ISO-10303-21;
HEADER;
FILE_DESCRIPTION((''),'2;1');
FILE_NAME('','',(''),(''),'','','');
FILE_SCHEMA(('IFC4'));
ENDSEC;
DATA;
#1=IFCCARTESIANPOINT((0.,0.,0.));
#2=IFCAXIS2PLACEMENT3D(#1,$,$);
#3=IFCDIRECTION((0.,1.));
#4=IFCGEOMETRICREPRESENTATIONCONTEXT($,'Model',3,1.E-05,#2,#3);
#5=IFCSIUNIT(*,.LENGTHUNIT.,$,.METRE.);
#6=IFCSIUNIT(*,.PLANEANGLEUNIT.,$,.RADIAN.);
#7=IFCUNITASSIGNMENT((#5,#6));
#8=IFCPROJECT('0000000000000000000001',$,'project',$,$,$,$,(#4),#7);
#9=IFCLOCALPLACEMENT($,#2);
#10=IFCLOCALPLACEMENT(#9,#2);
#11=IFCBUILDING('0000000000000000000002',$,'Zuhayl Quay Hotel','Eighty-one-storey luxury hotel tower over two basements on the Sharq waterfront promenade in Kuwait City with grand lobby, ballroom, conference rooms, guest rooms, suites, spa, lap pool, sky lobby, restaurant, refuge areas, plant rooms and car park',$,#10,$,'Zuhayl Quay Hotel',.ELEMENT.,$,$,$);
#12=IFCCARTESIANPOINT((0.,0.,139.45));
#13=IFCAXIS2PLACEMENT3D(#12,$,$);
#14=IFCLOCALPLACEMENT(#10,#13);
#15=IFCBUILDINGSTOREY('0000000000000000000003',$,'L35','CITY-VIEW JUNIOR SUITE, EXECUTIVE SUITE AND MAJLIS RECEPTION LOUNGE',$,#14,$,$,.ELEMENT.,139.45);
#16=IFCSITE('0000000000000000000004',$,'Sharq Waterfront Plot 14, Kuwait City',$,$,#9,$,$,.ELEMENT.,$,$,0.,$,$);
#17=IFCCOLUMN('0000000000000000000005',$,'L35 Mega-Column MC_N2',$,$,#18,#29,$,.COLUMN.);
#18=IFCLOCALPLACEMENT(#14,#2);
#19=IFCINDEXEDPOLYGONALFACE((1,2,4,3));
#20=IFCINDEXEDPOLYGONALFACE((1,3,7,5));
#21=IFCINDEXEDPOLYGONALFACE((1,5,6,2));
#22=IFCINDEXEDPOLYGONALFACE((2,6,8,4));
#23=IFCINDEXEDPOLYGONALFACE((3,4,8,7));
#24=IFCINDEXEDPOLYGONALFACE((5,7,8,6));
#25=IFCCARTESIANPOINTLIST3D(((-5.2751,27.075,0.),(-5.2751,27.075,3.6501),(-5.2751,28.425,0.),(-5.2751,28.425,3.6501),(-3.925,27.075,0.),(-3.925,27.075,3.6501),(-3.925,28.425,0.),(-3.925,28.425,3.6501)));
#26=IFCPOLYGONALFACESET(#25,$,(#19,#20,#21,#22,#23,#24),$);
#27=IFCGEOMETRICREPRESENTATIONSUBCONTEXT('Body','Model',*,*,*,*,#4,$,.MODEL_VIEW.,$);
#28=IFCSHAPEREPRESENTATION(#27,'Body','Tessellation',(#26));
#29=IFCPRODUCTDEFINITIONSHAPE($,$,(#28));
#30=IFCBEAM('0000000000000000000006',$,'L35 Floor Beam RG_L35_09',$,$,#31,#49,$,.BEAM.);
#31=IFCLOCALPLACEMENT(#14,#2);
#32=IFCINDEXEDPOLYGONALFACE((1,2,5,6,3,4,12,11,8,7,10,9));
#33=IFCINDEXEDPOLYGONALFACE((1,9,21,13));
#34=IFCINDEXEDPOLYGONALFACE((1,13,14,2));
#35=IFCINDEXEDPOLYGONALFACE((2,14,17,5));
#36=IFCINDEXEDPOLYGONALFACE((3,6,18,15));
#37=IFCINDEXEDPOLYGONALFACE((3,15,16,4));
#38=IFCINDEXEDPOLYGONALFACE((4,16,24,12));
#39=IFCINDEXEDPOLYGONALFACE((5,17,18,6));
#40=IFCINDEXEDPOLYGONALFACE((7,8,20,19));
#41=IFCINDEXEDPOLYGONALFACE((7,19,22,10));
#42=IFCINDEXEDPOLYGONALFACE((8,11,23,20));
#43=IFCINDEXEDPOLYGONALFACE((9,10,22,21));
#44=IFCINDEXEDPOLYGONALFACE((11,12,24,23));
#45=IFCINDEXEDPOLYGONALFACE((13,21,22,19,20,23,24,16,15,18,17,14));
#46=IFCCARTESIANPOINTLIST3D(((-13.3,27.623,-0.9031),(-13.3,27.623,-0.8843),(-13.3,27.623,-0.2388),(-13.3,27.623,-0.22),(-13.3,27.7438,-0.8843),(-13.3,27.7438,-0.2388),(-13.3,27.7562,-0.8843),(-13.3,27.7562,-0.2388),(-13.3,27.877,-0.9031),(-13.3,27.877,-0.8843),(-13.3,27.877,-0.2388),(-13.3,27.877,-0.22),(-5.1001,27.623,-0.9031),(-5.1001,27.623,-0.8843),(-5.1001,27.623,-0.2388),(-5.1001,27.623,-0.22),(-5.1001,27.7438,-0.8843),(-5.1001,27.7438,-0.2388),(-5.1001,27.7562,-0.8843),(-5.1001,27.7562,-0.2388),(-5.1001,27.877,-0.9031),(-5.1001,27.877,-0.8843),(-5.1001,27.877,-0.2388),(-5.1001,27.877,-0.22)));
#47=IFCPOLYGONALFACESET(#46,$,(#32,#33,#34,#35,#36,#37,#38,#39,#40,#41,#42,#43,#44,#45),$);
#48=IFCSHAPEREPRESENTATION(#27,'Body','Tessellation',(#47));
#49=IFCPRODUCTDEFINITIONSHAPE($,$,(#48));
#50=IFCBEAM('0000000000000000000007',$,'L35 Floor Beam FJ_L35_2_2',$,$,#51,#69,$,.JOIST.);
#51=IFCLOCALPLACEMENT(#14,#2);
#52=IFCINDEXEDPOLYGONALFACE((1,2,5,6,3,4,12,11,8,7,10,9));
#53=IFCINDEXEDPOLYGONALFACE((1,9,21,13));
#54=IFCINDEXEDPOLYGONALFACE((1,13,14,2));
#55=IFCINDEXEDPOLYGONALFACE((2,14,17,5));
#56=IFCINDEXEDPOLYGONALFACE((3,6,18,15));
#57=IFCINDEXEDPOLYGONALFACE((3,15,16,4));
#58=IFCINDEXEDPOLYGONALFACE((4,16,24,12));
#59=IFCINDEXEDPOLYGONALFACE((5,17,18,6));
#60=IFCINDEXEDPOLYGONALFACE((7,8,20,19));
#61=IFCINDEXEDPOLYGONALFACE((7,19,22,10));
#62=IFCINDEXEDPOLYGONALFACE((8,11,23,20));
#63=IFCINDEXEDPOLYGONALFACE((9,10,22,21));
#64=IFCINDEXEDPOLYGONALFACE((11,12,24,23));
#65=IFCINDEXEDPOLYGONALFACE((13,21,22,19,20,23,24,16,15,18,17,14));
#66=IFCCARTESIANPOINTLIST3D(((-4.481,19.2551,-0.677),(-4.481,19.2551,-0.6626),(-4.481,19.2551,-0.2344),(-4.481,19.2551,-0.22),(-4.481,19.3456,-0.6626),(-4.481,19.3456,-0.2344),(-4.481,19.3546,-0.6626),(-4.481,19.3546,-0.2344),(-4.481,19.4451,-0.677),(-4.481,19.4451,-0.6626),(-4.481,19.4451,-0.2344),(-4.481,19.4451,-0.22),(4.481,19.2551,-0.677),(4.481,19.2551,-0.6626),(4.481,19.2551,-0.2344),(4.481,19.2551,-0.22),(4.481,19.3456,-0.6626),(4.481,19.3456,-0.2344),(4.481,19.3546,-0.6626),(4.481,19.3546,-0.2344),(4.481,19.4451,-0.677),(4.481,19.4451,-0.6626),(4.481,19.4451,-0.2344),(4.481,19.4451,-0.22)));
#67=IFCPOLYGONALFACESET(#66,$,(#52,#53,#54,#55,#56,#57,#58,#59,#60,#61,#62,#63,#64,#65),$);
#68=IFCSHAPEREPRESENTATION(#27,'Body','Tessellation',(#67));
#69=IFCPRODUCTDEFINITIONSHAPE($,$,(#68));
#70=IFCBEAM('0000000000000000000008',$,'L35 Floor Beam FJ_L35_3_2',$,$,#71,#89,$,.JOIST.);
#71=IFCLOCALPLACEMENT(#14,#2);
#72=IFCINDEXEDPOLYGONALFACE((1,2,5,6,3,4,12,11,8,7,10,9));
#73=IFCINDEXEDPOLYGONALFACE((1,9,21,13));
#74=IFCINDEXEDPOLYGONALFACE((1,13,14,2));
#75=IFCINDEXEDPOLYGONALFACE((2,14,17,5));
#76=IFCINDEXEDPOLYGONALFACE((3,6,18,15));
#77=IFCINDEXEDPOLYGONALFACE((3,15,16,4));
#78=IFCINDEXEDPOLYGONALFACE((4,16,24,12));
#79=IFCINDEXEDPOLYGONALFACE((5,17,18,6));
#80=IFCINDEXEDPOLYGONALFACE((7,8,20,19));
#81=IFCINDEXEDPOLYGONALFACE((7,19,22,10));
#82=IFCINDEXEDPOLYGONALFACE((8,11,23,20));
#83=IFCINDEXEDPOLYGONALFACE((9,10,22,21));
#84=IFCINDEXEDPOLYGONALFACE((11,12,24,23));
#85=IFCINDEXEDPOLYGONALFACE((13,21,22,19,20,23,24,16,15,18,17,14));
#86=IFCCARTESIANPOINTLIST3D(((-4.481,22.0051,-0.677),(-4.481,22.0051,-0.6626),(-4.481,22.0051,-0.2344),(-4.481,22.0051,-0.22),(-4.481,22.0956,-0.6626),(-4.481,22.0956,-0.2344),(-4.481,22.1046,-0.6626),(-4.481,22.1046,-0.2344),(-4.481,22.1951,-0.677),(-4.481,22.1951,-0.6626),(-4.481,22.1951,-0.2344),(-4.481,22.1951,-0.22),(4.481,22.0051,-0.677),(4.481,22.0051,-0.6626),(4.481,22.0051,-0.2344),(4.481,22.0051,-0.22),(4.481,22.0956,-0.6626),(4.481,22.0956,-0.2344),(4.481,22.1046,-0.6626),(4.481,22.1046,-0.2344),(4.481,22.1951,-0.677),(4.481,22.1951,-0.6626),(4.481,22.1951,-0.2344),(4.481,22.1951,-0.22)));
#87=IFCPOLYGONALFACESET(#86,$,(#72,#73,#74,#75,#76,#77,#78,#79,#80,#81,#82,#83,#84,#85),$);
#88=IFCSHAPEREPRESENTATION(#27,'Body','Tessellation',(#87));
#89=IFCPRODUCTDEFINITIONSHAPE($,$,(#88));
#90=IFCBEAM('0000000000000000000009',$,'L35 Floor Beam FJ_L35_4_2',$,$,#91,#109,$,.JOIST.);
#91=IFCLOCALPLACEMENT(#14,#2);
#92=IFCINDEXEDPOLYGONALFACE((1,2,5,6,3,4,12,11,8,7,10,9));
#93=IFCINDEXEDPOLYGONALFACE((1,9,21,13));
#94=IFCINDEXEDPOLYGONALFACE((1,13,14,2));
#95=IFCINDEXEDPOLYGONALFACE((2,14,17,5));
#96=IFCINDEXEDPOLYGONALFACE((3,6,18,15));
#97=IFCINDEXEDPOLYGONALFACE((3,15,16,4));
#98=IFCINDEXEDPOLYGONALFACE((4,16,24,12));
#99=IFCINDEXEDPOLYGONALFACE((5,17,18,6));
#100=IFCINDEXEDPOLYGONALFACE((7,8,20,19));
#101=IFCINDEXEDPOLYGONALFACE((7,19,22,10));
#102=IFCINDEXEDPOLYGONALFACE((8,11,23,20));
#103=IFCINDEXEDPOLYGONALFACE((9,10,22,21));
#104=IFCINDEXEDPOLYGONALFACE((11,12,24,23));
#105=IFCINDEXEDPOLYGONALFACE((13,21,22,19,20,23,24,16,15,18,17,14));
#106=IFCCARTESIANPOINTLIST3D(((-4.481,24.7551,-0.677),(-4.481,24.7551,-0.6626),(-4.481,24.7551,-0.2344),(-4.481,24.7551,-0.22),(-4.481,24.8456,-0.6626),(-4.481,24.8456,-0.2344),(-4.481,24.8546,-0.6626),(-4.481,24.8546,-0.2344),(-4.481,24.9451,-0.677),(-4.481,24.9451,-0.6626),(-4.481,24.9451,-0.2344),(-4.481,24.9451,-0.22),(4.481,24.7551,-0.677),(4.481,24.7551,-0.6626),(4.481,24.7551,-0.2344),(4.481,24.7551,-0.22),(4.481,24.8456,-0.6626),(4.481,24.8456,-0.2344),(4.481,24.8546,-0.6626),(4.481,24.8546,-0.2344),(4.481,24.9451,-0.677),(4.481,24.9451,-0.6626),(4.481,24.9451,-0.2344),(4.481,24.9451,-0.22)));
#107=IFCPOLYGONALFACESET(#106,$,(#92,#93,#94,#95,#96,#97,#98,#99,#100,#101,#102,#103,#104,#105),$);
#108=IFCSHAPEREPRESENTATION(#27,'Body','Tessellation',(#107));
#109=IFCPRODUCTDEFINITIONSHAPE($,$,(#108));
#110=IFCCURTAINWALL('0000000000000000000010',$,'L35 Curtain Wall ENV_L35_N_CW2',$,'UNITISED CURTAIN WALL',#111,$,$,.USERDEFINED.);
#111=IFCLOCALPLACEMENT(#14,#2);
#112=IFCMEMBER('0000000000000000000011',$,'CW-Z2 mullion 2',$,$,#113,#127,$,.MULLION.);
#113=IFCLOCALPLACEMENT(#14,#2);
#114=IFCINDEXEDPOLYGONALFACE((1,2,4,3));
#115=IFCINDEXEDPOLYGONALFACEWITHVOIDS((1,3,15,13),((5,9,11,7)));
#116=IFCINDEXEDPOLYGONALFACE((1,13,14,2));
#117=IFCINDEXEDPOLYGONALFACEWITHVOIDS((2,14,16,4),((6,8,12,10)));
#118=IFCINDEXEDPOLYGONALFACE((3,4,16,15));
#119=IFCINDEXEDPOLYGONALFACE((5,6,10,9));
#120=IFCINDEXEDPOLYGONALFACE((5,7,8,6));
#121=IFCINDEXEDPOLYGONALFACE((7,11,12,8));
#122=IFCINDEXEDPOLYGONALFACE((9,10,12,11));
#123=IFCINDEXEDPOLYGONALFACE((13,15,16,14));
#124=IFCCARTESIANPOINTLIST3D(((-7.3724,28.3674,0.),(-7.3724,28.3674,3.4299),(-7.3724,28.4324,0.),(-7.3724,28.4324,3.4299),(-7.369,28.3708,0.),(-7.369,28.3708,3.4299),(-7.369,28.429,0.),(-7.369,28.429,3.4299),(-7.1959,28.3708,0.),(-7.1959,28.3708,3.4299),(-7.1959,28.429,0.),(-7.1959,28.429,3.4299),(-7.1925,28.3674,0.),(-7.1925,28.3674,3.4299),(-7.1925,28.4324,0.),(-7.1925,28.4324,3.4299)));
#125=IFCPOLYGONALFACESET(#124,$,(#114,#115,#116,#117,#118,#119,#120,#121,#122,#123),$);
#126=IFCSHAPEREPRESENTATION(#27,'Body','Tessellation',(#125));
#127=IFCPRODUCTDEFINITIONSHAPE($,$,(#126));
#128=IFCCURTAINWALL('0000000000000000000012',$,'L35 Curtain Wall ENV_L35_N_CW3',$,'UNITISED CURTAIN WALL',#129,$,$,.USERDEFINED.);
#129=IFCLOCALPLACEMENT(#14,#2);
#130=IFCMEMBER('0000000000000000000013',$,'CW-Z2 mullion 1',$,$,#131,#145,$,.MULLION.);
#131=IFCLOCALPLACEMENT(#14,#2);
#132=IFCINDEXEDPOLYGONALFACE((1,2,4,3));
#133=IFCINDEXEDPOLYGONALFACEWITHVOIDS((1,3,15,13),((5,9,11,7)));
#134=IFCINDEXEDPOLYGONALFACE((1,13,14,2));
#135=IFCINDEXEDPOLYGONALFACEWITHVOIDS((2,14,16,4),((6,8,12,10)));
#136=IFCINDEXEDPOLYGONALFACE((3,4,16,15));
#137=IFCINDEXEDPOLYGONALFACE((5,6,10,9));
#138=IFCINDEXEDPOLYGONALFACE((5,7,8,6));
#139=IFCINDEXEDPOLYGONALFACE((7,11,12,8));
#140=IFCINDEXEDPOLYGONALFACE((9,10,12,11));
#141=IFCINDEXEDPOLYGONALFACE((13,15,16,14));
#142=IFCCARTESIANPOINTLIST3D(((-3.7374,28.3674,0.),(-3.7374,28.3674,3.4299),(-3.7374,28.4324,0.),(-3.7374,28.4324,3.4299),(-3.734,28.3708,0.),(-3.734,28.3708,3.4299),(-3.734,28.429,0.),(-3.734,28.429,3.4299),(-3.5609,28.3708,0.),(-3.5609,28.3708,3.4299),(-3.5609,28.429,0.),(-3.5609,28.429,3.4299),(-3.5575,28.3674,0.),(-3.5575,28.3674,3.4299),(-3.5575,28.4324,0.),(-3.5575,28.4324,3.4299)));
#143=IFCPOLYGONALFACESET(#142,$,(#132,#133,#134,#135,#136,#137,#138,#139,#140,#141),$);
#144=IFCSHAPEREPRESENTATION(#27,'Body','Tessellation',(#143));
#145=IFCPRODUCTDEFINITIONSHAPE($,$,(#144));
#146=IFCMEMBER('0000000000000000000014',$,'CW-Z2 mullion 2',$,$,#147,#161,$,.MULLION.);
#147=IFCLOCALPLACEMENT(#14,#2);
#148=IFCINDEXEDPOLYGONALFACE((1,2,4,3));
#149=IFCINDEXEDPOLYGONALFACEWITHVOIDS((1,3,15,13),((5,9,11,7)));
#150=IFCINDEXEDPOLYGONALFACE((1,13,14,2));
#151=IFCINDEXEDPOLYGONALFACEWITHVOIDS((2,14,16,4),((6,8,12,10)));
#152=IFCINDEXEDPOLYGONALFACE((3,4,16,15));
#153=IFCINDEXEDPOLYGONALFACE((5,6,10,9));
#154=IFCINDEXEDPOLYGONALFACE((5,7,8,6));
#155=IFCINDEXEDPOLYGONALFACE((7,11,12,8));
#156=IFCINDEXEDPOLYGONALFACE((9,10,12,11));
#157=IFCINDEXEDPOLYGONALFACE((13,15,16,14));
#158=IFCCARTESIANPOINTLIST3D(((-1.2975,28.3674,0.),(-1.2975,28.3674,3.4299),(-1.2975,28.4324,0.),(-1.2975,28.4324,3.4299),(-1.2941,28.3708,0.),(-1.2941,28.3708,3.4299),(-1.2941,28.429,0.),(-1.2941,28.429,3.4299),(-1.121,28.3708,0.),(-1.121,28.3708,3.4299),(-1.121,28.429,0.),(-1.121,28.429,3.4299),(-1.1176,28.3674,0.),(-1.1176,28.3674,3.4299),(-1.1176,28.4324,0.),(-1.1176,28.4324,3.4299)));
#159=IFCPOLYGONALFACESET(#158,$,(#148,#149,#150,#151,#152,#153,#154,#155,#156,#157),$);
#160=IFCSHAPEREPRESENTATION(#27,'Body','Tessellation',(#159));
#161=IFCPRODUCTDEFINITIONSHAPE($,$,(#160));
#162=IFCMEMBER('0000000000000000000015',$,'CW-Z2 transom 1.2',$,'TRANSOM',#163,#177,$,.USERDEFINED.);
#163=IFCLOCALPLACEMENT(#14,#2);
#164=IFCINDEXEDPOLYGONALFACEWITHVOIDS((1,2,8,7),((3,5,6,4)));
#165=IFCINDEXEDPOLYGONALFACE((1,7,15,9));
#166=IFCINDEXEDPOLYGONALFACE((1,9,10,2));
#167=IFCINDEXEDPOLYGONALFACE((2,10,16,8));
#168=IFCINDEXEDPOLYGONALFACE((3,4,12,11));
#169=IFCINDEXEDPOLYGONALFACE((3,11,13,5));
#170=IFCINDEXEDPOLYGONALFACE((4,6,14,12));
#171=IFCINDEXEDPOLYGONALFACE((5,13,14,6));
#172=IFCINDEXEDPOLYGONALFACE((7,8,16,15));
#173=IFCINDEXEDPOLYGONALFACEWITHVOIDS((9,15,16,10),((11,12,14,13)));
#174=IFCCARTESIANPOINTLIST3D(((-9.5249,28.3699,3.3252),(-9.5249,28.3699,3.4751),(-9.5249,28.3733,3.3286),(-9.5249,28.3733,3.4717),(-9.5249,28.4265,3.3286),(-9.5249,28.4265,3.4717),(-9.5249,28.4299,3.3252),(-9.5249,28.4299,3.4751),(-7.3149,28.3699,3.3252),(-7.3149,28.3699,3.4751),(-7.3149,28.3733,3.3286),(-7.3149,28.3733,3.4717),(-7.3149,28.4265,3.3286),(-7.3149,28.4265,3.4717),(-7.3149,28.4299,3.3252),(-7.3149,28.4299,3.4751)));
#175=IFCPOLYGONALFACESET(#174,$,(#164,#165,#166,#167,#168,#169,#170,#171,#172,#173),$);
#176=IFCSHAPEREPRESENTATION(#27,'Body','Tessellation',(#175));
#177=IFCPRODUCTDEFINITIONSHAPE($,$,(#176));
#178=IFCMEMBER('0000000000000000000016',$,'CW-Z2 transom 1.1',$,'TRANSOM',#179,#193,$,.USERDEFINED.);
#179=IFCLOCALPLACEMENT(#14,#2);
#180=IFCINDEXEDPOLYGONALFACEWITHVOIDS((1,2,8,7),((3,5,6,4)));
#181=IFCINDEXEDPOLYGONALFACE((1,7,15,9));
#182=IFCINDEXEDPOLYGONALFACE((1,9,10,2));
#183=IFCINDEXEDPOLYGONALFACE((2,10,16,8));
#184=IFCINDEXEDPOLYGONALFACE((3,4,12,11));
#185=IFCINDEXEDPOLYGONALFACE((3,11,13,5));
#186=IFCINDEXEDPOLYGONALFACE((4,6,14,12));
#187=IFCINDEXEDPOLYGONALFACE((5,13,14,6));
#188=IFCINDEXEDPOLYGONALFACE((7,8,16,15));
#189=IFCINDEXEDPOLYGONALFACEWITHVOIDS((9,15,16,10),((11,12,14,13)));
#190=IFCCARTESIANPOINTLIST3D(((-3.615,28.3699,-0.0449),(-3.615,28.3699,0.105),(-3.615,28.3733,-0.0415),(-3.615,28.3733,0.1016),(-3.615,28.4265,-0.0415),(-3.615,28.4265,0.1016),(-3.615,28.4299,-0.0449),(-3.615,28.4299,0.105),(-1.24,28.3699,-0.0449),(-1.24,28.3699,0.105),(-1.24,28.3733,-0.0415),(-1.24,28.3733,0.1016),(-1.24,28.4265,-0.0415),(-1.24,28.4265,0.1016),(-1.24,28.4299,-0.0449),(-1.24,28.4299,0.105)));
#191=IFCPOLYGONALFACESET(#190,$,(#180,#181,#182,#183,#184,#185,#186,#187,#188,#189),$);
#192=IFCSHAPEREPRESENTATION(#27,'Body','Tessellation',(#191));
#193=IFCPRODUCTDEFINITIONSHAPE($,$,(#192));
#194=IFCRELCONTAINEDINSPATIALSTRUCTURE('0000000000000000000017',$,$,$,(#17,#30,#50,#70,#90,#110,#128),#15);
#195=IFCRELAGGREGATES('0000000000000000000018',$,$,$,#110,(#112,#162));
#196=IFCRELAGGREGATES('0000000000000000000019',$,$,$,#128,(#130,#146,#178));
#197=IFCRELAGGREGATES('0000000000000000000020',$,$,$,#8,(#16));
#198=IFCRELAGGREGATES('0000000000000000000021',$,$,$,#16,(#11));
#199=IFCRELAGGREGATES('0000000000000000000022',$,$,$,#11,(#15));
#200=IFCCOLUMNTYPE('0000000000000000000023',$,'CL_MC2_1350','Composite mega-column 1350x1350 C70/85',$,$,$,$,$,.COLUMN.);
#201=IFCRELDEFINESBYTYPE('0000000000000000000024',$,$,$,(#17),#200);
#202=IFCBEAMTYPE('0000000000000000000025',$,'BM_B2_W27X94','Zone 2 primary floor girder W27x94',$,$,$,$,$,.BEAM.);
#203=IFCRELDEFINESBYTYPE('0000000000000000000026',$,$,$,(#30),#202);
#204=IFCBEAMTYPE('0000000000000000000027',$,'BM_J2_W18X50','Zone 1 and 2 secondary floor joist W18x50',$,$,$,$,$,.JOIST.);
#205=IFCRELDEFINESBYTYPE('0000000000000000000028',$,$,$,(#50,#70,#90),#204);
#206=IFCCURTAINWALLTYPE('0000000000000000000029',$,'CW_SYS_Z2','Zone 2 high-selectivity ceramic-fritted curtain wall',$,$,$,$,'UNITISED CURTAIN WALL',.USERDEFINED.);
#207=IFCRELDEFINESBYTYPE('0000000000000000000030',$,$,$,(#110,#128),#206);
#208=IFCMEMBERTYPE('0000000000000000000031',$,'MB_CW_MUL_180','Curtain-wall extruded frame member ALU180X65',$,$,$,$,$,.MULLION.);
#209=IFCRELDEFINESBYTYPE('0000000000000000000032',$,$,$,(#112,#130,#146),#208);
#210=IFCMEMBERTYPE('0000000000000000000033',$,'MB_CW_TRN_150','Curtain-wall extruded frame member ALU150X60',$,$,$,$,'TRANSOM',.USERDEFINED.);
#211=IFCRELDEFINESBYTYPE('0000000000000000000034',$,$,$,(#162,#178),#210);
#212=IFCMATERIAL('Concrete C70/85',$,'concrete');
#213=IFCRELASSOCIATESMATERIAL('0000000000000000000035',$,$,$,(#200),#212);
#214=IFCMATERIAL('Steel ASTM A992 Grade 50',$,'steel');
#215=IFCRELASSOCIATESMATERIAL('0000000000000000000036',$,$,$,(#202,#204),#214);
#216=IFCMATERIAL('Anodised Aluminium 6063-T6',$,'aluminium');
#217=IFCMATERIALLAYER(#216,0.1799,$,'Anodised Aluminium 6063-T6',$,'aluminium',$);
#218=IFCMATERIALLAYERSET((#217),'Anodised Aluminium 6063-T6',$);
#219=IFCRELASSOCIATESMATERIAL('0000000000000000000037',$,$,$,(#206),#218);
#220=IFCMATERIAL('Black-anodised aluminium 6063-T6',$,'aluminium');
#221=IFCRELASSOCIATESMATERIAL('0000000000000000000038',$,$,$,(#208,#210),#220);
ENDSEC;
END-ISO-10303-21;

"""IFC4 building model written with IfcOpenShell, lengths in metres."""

from ifc_helpers import new_model, si_unit, direction, frame, origin, origin_2d, place, context, subcontext, project, spatial, rectangle, hollow_rectangle, i_section, extrude, material, layer, layer_set, material_profile, profile_set, type_object, element, aggregate, save


model = new_model("IFC4")

# Units and contexts
model_context = context("Model", 3, precision=1e-05, world=origin(), true_north=direction((0.0, 1.0)))
body_context = subcontext(model_context, "Body", "Model", "MODEL_VIEW")
ifc_project = project(units=[si_unit("LENGTHUNIT", "METRE"), si_unit("PLANEANGLEUNIT", "RADIAN")], contexts=[model_context])

# Site, building, storey
site_placement = place(None, origin())
site = spatial("IfcSite", under=ifc_project, at=site_placement, Name="Sharq Waterfront Plot 14, Kuwait City", CompositionType="ELEMENT", RefElevation=0.0)
building_placement = place(site_placement, origin())
building = spatial("IfcBuilding", under=site, at=building_placement, Name="Zuhayl Quay Hotel", Description="Eighty-one-storey luxury hotel tower over two basements on the Sharq waterfront promenade in Kuwait City with grand lobby, ballroom, conference rooms, guest rooms, suites, spa, lap pool, sky lobby, restaurant, refuge areas, plant rooms and car park", LongName="Zuhayl Quay Hotel", CompositionType="ELEMENT")
storey_placement = place(building_placement, frame((0.0, 0.0, 139.45)))
storey = spatial("IfcBuildingStorey", under=building, at=storey_placement, Name="L35", Description="CITY-VIEW JUNIOR SUITE, EXECUTIVE SUITE AND MAJLIS RECEPTION LOUNGE", CompositionType="ELEMENT", Elevation=139.45)

# Column
ifc_material_1 = material(Name="Concrete C70/85", Category="concrete")
ifc_material_profile_1 = material_profile(ifc_material_1, rectangle(XDim=1.3501, YDim=1.3501, at=origin_2d()), Name="RC1350X1350")
ifc_profile_set_1 = profile_set([ifc_material_profile_1], Name="Concrete C70/85")
column_type = type_object("IfcColumnType", Name="CL_MC2_1350", Description="Composite mega-column 1350x1350 C70/85", PredefinedType="COLUMN", material=ifc_profile_set_1)
column_placement = place(storey_placement, frame((-4.6001, 27.75, 0.0), z_axis=(0.0, 0.0, 1.0), x_axis=(1.0, 0.0, 0.0)))
element("IfcColumn", 1, at=column_placement, inside=storey, type_object=column_type, Name="L35 Mega-Column MC_N2", PredefinedType="COLUMN", context=body_context, shape_type="SweptSolid", body=[
    extrude(rectangle(XDim=1.3501, YDim=1.3501, at=origin_2d()), origin(), (0.0, 0.0, 1.0), 3.6501),
])

# Beams
ifc_material_2 = material(Name="Steel ASTM A992 Grade 50", Category="steel")
ifc_material_profile_2 = material_profile(ifc_material_2, i_section(OverallWidth=0.2539, OverallDepth=0.6831, WebThickness=0.0125, FlangeThickness=0.0188, at=origin_2d()), Name="W27X94")
ifc_profile_set_2 = profile_set([ifc_material_profile_2], Name="Steel ASTM A992 Grade 50")
beam_type_1 = type_object("IfcBeamType", Name="BM_B2_W27X94", Description="Zone 2 primary floor girder W27x94", PredefinedType="BEAM", material=ifc_profile_set_2)
beam_placement = place(storey_placement, frame((-5.1001, 27.75, -0.5615), z_axis=(-1.0, 0.0, 0.0), x_axis=(0.0, -1.0, 0.0)))
element("IfcBeam", 2, at=beam_placement, inside=storey, type_object=beam_type_1, Name="L35 Floor Beam RG_L35_09", PredefinedType="BEAM", context=body_context, shape_type="SweptSolid", body=[
    extrude(i_section(OverallWidth=0.2539, OverallDepth=0.6831, WebThickness=0.0125, FlangeThickness=0.0188, at=origin_2d()), origin(), (0.0, 0.0, 1.0), 8.2),
])
ifc_material_profile_3 = material_profile(ifc_material_2, i_section(OverallWidth=0.1899, OverallDepth=0.457, WebThickness=0.009, FlangeThickness=0.0144, at=origin_2d()), Name="W18X50")
ifc_profile_set_3 = profile_set([ifc_material_profile_3], Name="Steel ASTM A992 Grade 50")
beam_type_2 = type_object("IfcBeamType", Name="BM_J2_W18X50", Description="Zone 1 and 2 secondary floor joist W18x50", PredefinedType="JOIST", material=ifc_profile_set_3)
for number, where, z_axis, x_axis, name in (
    (3, (-4.481, 19.3501, -0.4485), (1.0, 0.0, 0.0), (0.0, 1.0, 0.0), "L35 Floor Beam FJ_L35_2_2"),
    (4, (-4.481, 22.1001, -0.4485), (1.0, 0.0, 0.0), (0.0, 1.0, 0.0), "L35 Floor Beam FJ_L35_3_2"),
    (5, (-4.481, 24.8501, -0.4485), (1.0, 0.0, 0.0), (0.0, 1.0, 0.0), "L35 Floor Beam FJ_L35_4_2"),
):
    element("IfcBeam", number, at=place(storey_placement, frame(where, z_axis=z_axis, x_axis=x_axis)), inside=storey, type_object=beam_type_2, Name=name, PredefinedType="JOIST", context=body_context, shape_type="SweptSolid", body=[
        extrude(i_section(OverallWidth=0.1899, OverallDepth=0.457, WebThickness=0.009, FlangeThickness=0.0144, at=origin_2d()), origin(), (0.0, 0.0, 1.0), 8.9619),
    ])

# Curtain wall, member
ifc_material_3 = material(Name="Anodised Aluminium 6063-T6", Category="aluminium")
ifc_layer_1 = layer(ifc_material_3, 0.1799, Name="Anodised Aluminium 6063-T6", Category="aluminium")
ifc_layer_set_1 = layer_set([ifc_layer_1], Name="Anodised Aluminium 6063-T6")
curtain_wall_type = type_object("IfcCurtainWallType", Name="CW_SYS_Z2", Description="Zone 2 high-selectivity ceramic-fritted curtain wall", ElementType="UNITISED CURTAIN WALL", PredefinedType="USERDEFINED", material=ifc_layer_set_1)
curtain_wall_1_placement = place(storey_placement, origin())
curtain_wall_1 = element("IfcCurtainWall", 6, at=curtain_wall_1_placement, inside=storey, type_object=curtain_wall_type, Name="L35 Curtain Wall ENV_L35_N_CW2", ObjectType="UNITISED CURTAIN WALL", PredefinedType="USERDEFINED")
ifc_material_4 = material(Name="Black-anodised aluminium 6063-T6", Category="aluminium")
ifc_material_profile_4 = material_profile(ifc_material_4, hollow_rectangle(XDim=0.0649, YDim=0.1799, WallThickness=0.0034, at=origin_2d()), Name="ALU180X65")
ifc_profile_set_4 = profile_set([ifc_material_profile_4], Name="Black-anodised aluminium 6063-T6")
member_type_1 = type_object("IfcMemberType", Name="MB_CW_MUL_180", Description="Curtain-wall extruded frame member ALU180X65", PredefinedType="MULLION", material=ifc_profile_set_4)
member_1_placement = place(storey_placement, frame((-7.2825, 28.3999, 0.0), z_axis=(0.0, 0.0, 1.0), x_axis=(0.0, 1.0, 0.0)))
member_1 = element("IfcMember", 7, at=member_1_placement, type_object=member_type_1, Name="CW-Z2 mullion 2", PredefinedType="MULLION", context=body_context, shape_type="SweptSolid", body=[
    extrude(hollow_rectangle(XDim=0.0649, YDim=0.1799, WallThickness=0.0034, at=origin_2d()), origin(), (0.0, 0.0, 1.0), 3.4299),
])

# Curtain wall, members
curtain_wall_2_placement = place(storey_placement, origin())
curtain_wall_2 = element("IfcCurtainWall", 8, at=curtain_wall_2_placement, inside=storey, type_object=curtain_wall_type, Name="L35 Curtain Wall ENV_L35_N_CW3", ObjectType="UNITISED CURTAIN WALL", PredefinedType="USERDEFINED")
member_2_placement = place(storey_placement, frame((-3.6475, 28.3999, 0.0), z_axis=(0.0, 0.0, 1.0), x_axis=(0.0, 1.0, 0.0)))
member_2 = element("IfcMember", 9, at=member_2_placement, type_object=member_type_1, Name="CW-Z2 mullion 1", PredefinedType="MULLION", context=body_context, shape_type="SweptSolid", body=[
    extrude(hollow_rectangle(XDim=0.0649, YDim=0.1799, WallThickness=0.0034, at=origin_2d()), origin(), (0.0, 0.0, 1.0), 3.4299),
])
member_3_placement = place(storey_placement, frame((-1.2075, 28.3999, 0.0), z_axis=(0.0, 0.0, 1.0), x_axis=(0.0, 1.0, 0.0)))
member_3 = element("IfcMember", 10, at=member_3_placement, type_object=member_type_1, Name="CW-Z2 mullion 2", PredefinedType="MULLION", context=body_context, shape_type="SweptSolid", body=[
    extrude(hollow_rectangle(XDim=0.0649, YDim=0.1799, WallThickness=0.0034, at=origin_2d()), origin(), (0.0, 0.0, 1.0), 3.4299),
])

# Members
ifc_material_profile_5 = material_profile(ifc_material_4, hollow_rectangle(XDim=0.0601, YDim=0.1499, WallThickness=0.0034, at=origin_2d()), Name="ALU150X60")
ifc_profile_set_5 = profile_set([ifc_material_profile_5], Name="Black-anodised aluminium 6063-T6")
member_type_2 = type_object("IfcMemberType", Name="MB_CW_TRN_150", Description="Curtain-wall extruded frame member ALU150X60", ElementType="TRANSOM", PredefinedType="USERDEFINED", material=ifc_profile_set_5)
member_4_placement = place(storey_placement, frame((-9.5249, 28.3999, 3.4001), z_axis=(1.0, 0.0, 0.0), x_axis=(0.0, 1.0, 0.0)))
member_4 = element("IfcMember", 11, at=member_4_placement, type_object=member_type_2, Name="CW-Z2 transom 1.2", ObjectType="TRANSOM", PredefinedType="USERDEFINED", context=body_context, shape_type="SweptSolid", body=[
    extrude(hollow_rectangle(XDim=0.0601, YDim=0.1499, WallThickness=0.0034, at=origin_2d()), origin(), (0.0, 0.0, 1.0), 2.21),
])
member_5_placement = place(storey_placement, frame((-3.615, 28.3999, 0.03), z_axis=(1.0, 0.0, 0.0), x_axis=(0.0, 1.0, 0.0)))
member_5 = element("IfcMember", 12, at=member_5_placement, type_object=member_type_2, Name="CW-Z2 transom 1.1", ObjectType="TRANSOM", PredefinedType="USERDEFINED", context=body_context, shape_type="SweptSolid", body=[
    extrude(hollow_rectangle(XDim=0.0601, YDim=0.1499, WallThickness=0.0034, at=origin_2d()), origin(), (0.0, 0.0, 1.0), 2.375),
])

aggregate(curtain_wall_1, [member_1, member_4])
aggregate(curtain_wall_2, [member_2, member_3, member_5])

save(model, "model.ifc")
